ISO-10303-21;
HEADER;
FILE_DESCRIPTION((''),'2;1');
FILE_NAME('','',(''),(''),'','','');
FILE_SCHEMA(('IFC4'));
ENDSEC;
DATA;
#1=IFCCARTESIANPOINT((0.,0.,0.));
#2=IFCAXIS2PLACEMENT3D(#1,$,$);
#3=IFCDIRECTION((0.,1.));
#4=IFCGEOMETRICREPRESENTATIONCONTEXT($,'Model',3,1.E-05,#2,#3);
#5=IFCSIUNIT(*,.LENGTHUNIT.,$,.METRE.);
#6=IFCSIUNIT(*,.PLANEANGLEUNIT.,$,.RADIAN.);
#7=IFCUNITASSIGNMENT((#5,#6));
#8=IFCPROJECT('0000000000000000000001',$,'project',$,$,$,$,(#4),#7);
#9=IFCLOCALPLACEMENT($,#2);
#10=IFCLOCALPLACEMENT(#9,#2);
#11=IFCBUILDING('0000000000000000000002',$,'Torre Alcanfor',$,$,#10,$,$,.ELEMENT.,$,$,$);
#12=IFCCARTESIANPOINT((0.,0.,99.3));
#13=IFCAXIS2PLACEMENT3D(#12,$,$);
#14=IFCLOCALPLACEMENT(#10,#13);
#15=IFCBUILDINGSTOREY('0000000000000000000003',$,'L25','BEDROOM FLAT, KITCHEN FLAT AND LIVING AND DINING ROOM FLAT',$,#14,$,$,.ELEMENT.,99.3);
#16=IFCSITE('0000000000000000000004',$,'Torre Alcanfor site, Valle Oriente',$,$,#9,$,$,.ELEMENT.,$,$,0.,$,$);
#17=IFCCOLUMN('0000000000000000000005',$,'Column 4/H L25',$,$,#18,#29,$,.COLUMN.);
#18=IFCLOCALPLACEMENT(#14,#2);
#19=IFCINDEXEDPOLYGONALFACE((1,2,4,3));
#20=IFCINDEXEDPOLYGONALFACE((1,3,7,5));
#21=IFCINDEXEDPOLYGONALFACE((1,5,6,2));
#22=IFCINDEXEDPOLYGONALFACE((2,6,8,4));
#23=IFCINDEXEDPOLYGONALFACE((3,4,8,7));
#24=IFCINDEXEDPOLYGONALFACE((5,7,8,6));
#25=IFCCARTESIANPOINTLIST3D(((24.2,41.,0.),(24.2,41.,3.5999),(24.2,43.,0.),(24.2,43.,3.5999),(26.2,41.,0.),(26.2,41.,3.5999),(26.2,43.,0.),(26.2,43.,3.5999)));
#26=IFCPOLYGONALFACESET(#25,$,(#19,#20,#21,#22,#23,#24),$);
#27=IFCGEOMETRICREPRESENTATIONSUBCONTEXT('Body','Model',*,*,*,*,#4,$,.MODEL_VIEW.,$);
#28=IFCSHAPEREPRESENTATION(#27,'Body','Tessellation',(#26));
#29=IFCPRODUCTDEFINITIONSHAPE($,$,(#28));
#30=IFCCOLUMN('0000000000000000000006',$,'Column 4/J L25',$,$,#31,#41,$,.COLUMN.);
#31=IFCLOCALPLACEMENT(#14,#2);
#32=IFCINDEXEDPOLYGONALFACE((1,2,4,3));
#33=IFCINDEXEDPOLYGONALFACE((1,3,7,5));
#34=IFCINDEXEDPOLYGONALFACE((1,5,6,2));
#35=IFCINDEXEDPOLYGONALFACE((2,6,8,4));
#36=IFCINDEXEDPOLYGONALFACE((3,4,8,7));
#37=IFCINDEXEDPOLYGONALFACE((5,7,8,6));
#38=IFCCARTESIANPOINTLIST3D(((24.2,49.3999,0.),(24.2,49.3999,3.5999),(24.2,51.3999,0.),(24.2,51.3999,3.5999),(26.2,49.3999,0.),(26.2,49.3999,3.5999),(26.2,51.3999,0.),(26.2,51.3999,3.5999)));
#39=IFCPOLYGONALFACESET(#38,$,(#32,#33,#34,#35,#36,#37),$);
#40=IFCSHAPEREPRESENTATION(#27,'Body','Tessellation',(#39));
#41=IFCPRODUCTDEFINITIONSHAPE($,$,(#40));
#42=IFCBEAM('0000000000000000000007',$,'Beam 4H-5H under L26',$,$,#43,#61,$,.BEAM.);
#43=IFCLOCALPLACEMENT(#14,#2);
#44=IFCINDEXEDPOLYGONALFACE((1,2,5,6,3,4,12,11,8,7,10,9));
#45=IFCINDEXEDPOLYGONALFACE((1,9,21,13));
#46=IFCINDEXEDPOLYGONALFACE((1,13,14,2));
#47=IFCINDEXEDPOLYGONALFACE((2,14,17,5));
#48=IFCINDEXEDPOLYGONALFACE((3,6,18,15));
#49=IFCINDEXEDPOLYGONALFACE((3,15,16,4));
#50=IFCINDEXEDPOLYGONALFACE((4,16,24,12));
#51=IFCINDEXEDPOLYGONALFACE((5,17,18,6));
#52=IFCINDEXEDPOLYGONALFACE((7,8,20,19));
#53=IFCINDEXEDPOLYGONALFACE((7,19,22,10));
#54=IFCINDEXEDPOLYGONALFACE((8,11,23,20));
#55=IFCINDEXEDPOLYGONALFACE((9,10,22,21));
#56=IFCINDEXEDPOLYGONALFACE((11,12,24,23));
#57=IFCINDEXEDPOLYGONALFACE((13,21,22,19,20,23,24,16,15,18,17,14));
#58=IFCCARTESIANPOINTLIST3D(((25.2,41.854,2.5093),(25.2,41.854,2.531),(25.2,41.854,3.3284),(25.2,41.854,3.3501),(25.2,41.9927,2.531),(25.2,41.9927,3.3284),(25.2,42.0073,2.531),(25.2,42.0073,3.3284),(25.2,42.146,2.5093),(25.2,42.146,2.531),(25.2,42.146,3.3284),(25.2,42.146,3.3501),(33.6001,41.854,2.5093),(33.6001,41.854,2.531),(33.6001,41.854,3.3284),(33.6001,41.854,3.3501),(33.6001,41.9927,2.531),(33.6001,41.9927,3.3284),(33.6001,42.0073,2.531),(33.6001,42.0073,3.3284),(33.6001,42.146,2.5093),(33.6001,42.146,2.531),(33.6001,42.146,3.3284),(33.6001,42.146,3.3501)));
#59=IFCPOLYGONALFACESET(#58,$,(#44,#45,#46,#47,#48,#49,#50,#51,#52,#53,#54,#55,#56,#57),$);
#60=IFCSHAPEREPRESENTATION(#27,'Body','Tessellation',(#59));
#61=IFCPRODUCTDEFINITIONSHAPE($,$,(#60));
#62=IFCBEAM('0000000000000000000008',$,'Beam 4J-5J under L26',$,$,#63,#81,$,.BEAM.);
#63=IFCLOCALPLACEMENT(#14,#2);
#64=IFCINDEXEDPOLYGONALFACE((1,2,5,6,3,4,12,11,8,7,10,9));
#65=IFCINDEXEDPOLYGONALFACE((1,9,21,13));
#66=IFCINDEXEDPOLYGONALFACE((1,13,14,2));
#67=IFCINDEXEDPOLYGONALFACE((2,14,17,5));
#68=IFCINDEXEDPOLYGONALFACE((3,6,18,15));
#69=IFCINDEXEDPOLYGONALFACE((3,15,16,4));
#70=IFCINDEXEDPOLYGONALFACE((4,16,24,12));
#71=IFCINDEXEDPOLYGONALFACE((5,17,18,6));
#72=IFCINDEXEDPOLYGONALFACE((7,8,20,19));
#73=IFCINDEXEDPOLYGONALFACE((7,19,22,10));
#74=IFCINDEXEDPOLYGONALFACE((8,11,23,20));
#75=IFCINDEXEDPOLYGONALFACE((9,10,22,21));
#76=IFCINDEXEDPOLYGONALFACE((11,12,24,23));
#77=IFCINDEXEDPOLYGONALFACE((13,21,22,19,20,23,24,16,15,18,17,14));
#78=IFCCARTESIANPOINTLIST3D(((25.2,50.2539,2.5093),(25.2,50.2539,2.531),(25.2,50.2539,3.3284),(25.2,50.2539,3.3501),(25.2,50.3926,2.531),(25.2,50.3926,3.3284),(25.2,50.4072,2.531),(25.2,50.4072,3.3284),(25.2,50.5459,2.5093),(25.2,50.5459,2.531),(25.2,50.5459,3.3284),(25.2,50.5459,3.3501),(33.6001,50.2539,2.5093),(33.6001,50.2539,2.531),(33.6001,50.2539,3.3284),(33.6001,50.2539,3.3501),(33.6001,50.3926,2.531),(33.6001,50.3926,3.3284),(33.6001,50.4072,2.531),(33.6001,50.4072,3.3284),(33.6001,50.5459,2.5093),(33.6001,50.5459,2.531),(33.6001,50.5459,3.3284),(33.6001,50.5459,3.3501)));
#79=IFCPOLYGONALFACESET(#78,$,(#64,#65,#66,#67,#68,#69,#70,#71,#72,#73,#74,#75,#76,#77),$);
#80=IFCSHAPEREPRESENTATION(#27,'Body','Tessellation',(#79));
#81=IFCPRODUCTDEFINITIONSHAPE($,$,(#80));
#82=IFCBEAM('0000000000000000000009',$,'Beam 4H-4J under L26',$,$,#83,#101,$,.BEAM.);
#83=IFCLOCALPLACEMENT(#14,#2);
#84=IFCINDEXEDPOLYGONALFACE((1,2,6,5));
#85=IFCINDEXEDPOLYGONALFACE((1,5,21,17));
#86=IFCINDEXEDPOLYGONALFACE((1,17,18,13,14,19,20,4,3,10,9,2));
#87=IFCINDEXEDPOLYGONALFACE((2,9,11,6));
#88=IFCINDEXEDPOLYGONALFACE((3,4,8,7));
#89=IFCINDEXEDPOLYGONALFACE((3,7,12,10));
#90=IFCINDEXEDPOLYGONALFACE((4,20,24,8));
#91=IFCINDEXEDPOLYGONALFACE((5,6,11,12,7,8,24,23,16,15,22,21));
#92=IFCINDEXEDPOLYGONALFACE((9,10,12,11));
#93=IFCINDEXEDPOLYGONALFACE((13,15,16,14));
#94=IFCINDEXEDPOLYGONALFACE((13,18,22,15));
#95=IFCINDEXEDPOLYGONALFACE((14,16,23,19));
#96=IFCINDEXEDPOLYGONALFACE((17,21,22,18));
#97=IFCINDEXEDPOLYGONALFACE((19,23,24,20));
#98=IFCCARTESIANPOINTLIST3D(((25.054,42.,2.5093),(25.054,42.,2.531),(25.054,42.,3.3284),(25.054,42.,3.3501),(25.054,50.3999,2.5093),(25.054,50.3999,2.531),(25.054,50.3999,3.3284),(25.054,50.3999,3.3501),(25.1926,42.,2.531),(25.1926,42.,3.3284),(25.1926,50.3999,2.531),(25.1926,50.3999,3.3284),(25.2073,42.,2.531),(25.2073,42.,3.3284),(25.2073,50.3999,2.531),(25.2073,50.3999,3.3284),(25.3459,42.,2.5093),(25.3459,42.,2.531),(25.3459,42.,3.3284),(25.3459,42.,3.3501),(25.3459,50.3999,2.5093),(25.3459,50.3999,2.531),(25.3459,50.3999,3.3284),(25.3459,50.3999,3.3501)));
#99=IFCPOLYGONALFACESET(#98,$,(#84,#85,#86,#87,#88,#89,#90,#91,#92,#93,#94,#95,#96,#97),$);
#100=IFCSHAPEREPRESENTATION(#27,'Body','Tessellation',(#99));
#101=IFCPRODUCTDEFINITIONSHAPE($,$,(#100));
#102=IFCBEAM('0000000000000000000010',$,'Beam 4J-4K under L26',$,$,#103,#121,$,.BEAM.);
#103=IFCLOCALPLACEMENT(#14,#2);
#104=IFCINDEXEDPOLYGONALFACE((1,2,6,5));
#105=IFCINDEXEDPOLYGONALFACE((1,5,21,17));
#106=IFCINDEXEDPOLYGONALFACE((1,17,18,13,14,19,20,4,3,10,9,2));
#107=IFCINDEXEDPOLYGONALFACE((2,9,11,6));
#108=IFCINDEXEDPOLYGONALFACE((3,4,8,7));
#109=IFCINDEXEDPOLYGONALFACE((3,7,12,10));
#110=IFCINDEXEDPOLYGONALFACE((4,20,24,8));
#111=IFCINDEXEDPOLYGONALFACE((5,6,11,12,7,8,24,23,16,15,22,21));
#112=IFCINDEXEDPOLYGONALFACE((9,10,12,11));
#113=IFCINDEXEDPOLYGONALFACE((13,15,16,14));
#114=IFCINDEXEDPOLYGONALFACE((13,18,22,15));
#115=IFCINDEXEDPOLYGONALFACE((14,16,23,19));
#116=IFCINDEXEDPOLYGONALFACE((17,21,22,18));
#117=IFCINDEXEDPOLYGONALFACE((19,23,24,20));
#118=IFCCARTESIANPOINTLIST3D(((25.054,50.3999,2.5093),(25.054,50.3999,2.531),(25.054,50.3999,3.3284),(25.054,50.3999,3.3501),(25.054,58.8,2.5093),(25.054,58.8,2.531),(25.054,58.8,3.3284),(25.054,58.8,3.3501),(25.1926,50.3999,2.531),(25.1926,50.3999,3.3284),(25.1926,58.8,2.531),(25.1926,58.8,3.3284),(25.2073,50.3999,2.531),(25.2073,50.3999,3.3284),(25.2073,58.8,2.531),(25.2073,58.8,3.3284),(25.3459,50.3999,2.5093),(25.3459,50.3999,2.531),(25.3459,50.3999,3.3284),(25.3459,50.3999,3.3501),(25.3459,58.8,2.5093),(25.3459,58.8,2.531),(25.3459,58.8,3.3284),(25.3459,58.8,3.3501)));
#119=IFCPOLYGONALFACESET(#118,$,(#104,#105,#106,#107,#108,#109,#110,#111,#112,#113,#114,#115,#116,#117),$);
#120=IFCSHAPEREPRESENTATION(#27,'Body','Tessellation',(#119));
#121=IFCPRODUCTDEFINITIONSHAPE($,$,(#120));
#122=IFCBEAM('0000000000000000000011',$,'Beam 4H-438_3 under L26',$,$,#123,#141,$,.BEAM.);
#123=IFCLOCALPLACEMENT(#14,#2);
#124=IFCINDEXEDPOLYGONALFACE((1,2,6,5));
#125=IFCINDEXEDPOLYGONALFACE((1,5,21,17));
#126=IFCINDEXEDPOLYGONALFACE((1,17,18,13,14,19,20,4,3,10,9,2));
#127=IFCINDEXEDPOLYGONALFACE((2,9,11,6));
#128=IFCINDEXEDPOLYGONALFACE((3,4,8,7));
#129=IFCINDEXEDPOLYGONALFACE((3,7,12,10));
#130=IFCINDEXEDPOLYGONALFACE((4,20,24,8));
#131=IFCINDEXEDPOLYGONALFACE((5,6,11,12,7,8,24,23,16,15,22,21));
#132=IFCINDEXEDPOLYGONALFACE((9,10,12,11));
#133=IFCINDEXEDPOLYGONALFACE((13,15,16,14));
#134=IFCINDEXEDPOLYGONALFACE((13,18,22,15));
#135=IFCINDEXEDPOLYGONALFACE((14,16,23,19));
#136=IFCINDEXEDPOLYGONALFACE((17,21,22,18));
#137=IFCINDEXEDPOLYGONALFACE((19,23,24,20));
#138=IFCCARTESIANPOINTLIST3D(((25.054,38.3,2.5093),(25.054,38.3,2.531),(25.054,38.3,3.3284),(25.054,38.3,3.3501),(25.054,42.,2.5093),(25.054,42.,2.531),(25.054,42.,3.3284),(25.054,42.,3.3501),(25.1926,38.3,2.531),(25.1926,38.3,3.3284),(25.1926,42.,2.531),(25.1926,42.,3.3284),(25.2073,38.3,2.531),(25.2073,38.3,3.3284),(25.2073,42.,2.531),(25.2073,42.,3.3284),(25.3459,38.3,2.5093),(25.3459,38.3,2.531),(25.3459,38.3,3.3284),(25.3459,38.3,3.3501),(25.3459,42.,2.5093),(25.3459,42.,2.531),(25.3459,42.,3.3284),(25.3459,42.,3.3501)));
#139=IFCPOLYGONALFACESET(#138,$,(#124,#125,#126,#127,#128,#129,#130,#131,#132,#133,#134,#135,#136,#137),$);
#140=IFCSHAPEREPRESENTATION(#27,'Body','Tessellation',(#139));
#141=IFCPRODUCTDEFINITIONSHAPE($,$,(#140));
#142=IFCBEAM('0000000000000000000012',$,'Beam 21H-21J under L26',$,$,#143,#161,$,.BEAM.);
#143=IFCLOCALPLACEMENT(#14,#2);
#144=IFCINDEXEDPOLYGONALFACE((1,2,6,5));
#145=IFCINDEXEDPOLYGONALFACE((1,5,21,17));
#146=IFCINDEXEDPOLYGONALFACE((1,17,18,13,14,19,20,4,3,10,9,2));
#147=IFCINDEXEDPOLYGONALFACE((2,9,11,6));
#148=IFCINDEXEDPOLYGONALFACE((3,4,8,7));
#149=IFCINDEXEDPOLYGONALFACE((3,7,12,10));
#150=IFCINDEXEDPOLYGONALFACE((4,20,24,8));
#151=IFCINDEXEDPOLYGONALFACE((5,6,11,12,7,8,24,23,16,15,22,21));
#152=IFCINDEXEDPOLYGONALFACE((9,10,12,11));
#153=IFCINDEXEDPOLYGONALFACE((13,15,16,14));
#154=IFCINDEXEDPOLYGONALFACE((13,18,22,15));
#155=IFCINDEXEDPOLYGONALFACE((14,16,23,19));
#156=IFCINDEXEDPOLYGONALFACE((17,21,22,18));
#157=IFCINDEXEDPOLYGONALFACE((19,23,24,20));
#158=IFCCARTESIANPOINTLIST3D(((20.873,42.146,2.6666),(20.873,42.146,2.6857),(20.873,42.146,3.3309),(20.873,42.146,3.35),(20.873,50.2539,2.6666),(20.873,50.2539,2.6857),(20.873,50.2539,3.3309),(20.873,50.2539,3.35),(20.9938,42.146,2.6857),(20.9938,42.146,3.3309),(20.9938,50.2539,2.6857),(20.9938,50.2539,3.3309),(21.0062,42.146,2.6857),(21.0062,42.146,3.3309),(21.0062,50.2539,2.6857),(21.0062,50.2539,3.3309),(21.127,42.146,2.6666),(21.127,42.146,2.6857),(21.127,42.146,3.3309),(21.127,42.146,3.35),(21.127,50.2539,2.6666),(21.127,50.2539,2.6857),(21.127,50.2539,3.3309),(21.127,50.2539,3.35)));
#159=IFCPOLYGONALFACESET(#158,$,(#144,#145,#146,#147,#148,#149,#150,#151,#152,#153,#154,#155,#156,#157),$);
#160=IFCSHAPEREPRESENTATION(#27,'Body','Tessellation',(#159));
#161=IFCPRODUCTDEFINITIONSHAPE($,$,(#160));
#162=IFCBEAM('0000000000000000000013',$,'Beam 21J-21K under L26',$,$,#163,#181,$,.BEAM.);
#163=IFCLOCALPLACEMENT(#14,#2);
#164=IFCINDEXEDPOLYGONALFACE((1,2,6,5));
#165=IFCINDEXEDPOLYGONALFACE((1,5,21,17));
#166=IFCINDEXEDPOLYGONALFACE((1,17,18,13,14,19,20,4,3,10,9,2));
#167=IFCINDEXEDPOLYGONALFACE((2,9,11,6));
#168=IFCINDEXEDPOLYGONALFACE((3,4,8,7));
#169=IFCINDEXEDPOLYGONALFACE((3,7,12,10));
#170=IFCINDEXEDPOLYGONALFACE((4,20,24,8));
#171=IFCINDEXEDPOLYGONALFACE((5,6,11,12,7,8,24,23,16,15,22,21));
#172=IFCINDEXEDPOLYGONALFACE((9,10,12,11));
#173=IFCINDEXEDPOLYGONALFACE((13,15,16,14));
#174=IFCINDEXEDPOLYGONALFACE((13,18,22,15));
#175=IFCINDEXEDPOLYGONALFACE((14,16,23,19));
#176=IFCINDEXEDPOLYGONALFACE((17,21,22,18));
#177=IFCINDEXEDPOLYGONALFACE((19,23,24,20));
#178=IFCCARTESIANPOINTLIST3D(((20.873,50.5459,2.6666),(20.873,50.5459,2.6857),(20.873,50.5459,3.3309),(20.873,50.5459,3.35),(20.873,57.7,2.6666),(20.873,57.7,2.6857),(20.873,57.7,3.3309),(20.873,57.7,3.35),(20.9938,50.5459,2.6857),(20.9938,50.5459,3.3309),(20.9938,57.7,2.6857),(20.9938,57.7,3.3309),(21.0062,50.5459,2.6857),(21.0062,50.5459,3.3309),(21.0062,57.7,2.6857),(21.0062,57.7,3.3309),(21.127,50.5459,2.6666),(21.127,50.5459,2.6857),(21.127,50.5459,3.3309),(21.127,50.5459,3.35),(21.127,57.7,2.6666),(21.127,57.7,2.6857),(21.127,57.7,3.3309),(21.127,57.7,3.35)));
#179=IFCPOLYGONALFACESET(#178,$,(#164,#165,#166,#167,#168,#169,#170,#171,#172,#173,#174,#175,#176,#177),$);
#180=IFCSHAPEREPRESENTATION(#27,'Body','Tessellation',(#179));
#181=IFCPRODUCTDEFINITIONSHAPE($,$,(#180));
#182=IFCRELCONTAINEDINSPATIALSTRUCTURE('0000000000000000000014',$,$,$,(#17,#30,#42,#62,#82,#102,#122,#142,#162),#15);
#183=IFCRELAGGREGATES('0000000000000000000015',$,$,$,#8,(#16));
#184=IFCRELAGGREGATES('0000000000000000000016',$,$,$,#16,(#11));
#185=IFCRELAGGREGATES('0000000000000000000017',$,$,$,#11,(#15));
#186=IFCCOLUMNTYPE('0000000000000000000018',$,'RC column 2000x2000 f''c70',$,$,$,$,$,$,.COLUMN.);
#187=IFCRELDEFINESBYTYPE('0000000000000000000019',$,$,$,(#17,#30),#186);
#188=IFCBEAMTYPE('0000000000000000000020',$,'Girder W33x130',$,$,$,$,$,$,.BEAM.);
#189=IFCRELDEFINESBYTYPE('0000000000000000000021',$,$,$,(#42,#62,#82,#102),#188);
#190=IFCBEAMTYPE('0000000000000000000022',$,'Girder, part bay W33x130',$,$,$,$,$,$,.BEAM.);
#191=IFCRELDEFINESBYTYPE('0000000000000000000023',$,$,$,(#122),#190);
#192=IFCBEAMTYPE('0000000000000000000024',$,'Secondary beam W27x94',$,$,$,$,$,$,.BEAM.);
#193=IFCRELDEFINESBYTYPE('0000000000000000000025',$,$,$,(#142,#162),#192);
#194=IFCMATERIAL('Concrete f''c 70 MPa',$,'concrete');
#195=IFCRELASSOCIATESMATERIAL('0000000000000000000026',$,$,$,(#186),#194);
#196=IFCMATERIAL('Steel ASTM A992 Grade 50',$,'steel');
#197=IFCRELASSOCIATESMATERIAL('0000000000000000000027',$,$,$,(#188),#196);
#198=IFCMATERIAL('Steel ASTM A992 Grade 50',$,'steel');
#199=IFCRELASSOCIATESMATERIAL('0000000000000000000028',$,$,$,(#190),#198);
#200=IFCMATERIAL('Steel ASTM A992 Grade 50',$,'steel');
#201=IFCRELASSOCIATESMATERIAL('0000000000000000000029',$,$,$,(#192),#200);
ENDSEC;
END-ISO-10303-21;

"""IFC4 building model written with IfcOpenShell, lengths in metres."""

from ifc_helpers import new_model, si_unit, direction, frame, origin, origin_2d, place, context, subcontext, project, spatial, rectangle, i_section, extrude, material, material_profile, profile_set, type_object, element, save


model = new_model("IFC4")

# Units and contexts
model_context = context("Model", 3, precision=1e-05, world=origin(), true_north=direction((0.0, 1.0)))
body_context = subcontext(model_context, "Body", "Model", "MODEL_VIEW")
ifc_project = project(units=[si_unit("LENGTHUNIT", "METRE"), si_unit("PLANEANGLEUNIT", "RADIAN")], contexts=[model_context])

# Site, building, storey
site_placement = place(None, origin())
site = spatial("IfcSite", under=ifc_project, at=site_placement, Name="Torre Alcanfor site, Valle Oriente", CompositionType="ELEMENT", RefElevation=0.0)
building_placement = place(site_placement, origin())
building = spatial("IfcBuilding", under=site, at=building_placement, Name="Torre Alcanfor", CompositionType="ELEMENT")
storey_placement = place(building_placement, frame((0.0, 0.0, 99.3)))
storey = spatial("IfcBuildingStorey", under=building, at=storey_placement, Name="L25", Description="BEDROOM FLAT, KITCHEN FLAT AND LIVING AND DINING ROOM FLAT", CompositionType="ELEMENT", Elevation=99.3)

# Columns
ifc_material_1 = material(Name="Concrete f'c 70 MPa", Category="concrete")
ifc_material_profile_1 = material_profile(ifc_material_1, rectangle(XDim=2.0, YDim=2.0, at=origin_2d()), Name="2000x2000")
ifc_profile_set_1 = profile_set([ifc_material_profile_1], Name="Concrete f'c 70 MPa")
column_type = type_object("IfcColumnType", Name="RC column 2000x2000 f'c70", PredefinedType="COLUMN", material=ifc_profile_set_1)
for number, where, z_axis, x_axis, name in (
    (1, (25.2, 42.0, 0.0), (0.0, 0.0, 1.0), (1.0, 0.0, 0.0), "Column 4/H L25"),
    (2, (25.2, 50.3999, 0.0), (0.0, 0.0, 1.0), (1.0, 0.0, 0.0), "Column 4/J L25"),
):
    element("IfcColumn", number, at=place(storey_placement, frame(where, z_axis=z_axis, x_axis=x_axis)), inside=storey, type_object=column_type, Name=name, PredefinedType="COLUMN", context=body_context, shape_type="SweptSolid", body=[
        extrude(rectangle(XDim=2.0, YDim=2.0, at=origin_2d()), origin(), (0.0, 0.0, 1.0), 3.5999),
    ])

# Beams
ifc_material_2 = material(Name="Steel ASTM A992 Grade 50", Category="steel")
ifc_material_profile_2 = material_profile(ifc_material_2, i_section(OverallWidth=0.292, OverallDepth=0.8408, WebThickness=0.0146, FlangeThickness=0.0217, at=origin_2d()), Name="W33x130")
ifc_profile_set_2 = profile_set([ifc_material_profile_2], Name="Steel ASTM A992 Grade 50")
beam_type_1 = type_object("IfcBeamType", Name="Girder W33x130", PredefinedType="BEAM", material=ifc_profile_set_2)
for number, where, z_axis, x_axis, name in (
    (3, (25.2, 42.0, 2.9297), (1.0, 0.0, 0.0), (0.0, 1.0, 0.0), "Beam 4H-5H under L26"),
    (4, (25.2, 50.3999, 2.9297), (1.0, 0.0, 0.0), (0.0, 1.0, 0.0), "Beam 4J-5J under L26"),
):
    element("IfcBeam", number, at=place(storey_placement, frame(where, z_axis=z_axis, x_axis=x_axis)), inside=storey, type_object=beam_type_1, Name=name, PredefinedType="BEAM", context=body_context, shape_type="SweptSolid", body=[
        extrude(i_section(OverallWidth=0.292, OverallDepth=0.8408, WebThickness=0.0146, FlangeThickness=0.0217, at=origin_2d()), origin(), (0.0, 0.0, 1.0), 8.4001),
    ])
beam_1_placement = place(storey_placement, frame((25.2, 42.0, 2.9297), z_axis=(0.0, 1.0, 0.0), x_axis=(-1.0, 0.0, 0.0)))
element("IfcBeam", 5, at=beam_1_placement, inside=storey, type_object=beam_type_1, Name="Beam 4H-4J under L26", PredefinedType="BEAM", context=body_context, shape_type="SweptSolid", body=[
    extrude(i_section(OverallWidth=0.292, OverallDepth=0.8408, WebThickness=0.0146, FlangeThickness=0.0217, at=origin_2d()), origin(), (0.0, 0.0, 1.0), 8.3999),
])
beam_2_placement = place(storey_placement, frame((25.2, 50.3999, 2.9297), z_axis=(0.0, 1.0, 0.0), x_axis=(-1.0, 0.0, 0.0)))
element("IfcBeam", 6, at=beam_2_placement, inside=storey, type_object=beam_type_1, Name="Beam 4J-4K under L26", PredefinedType="BEAM", context=body_context, shape_type="SweptSolid", body=[
    extrude(i_section(OverallWidth=0.292, OverallDepth=0.8408, WebThickness=0.0146, FlangeThickness=0.0217, at=origin_2d()), origin(), (0.0, 0.0, 1.0), 8.4001),
])
ifc_material_3 = material(Name="Steel ASTM A992 Grade 50", Category="steel")
ifc_material_profile_3 = material_profile(ifc_material_3, i_section(OverallWidth=0.292, OverallDepth=0.8408, WebThickness=0.0146, FlangeThickness=0.0217, at=origin_2d()), Name="W33x130")
ifc_profile_set_3 = profile_set([ifc_material_profile_3], Name="Steel ASTM A992 Grade 50")
beam_type_2 = type_object("IfcBeamType", Name="Girder, part bay W33x130", PredefinedType="BEAM", material=ifc_profile_set_3)
beam_3_placement = place(storey_placement, frame((25.2, 42.0, 2.9297), z_axis=(0.0, -1.0, 0.0), x_axis=(1.0, 0.0, 0.0)))
element("IfcBeam", 7, at=beam_3_placement, inside=storey, type_object=beam_type_2, Name="Beam 4H-438_3 under L26", PredefinedType="BEAM", context=body_context, shape_type="SweptSolid", body=[
    extrude(i_section(OverallWidth=0.292, OverallDepth=0.8408, WebThickness=0.0146, FlangeThickness=0.0217, at=origin_2d()), origin(), (0.0, 0.0, 1.0), 3.7),
])
ifc_material_4 = material(Name="Steel ASTM A992 Grade 50", Category="steel")
ifc_material_profile_4 = material_profile(ifc_material_4, i_section(OverallWidth=0.2539, OverallDepth=0.6833, WebThickness=0.0125, FlangeThickness=0.019, at=origin_2d()), Name="W27x94")
ifc_profile_set_4 = profile_set([ifc_material_profile_4], Name="Steel ASTM A992 Grade 50")
beam_type_3 = type_object("IfcBeamType", Name="Secondary beam W27x94", PredefinedType="BEAM", material=ifc_profile_set_4)
beam_4_placement = place(storey_placement, frame((21.0, 42.146, 3.0083), z_axis=(0.0, 1.0, 0.0), x_axis=(-1.0, 0.0, 0.0)))
element("IfcBeam", 8, at=beam_4_placement, inside=storey, type_object=beam_type_3, Name="Beam 21H-21J under L26", PredefinedType="BEAM", context=body_context, shape_type="SweptSolid", body=[
    extrude(i_section(OverallWidth=0.2539, OverallDepth=0.6833, WebThickness=0.0125, FlangeThickness=0.019, at=origin_2d()), origin(), (0.0, 0.0, 1.0), 8.1079),
])
beam_5_placement = place(storey_placement, frame((21.0, 50.5459, 3.0083), z_axis=(0.0, 1.0, 0.0), x_axis=(-1.0, 0.0, 0.0)))
element("IfcBeam", 9, at=beam_5_placement, inside=storey, type_object=beam_type_3, Name="Beam 21J-21K under L26", PredefinedType="BEAM", context=body_context, shape_type="SweptSolid", body=[
    extrude(i_section(OverallWidth=0.2539, OverallDepth=0.6833, WebThickness=0.0125, FlangeThickness=0.019, at=origin_2d()), origin(), (0.0, 0.0, 1.0), 7.1541),
])

save(model, "model.ifc")
